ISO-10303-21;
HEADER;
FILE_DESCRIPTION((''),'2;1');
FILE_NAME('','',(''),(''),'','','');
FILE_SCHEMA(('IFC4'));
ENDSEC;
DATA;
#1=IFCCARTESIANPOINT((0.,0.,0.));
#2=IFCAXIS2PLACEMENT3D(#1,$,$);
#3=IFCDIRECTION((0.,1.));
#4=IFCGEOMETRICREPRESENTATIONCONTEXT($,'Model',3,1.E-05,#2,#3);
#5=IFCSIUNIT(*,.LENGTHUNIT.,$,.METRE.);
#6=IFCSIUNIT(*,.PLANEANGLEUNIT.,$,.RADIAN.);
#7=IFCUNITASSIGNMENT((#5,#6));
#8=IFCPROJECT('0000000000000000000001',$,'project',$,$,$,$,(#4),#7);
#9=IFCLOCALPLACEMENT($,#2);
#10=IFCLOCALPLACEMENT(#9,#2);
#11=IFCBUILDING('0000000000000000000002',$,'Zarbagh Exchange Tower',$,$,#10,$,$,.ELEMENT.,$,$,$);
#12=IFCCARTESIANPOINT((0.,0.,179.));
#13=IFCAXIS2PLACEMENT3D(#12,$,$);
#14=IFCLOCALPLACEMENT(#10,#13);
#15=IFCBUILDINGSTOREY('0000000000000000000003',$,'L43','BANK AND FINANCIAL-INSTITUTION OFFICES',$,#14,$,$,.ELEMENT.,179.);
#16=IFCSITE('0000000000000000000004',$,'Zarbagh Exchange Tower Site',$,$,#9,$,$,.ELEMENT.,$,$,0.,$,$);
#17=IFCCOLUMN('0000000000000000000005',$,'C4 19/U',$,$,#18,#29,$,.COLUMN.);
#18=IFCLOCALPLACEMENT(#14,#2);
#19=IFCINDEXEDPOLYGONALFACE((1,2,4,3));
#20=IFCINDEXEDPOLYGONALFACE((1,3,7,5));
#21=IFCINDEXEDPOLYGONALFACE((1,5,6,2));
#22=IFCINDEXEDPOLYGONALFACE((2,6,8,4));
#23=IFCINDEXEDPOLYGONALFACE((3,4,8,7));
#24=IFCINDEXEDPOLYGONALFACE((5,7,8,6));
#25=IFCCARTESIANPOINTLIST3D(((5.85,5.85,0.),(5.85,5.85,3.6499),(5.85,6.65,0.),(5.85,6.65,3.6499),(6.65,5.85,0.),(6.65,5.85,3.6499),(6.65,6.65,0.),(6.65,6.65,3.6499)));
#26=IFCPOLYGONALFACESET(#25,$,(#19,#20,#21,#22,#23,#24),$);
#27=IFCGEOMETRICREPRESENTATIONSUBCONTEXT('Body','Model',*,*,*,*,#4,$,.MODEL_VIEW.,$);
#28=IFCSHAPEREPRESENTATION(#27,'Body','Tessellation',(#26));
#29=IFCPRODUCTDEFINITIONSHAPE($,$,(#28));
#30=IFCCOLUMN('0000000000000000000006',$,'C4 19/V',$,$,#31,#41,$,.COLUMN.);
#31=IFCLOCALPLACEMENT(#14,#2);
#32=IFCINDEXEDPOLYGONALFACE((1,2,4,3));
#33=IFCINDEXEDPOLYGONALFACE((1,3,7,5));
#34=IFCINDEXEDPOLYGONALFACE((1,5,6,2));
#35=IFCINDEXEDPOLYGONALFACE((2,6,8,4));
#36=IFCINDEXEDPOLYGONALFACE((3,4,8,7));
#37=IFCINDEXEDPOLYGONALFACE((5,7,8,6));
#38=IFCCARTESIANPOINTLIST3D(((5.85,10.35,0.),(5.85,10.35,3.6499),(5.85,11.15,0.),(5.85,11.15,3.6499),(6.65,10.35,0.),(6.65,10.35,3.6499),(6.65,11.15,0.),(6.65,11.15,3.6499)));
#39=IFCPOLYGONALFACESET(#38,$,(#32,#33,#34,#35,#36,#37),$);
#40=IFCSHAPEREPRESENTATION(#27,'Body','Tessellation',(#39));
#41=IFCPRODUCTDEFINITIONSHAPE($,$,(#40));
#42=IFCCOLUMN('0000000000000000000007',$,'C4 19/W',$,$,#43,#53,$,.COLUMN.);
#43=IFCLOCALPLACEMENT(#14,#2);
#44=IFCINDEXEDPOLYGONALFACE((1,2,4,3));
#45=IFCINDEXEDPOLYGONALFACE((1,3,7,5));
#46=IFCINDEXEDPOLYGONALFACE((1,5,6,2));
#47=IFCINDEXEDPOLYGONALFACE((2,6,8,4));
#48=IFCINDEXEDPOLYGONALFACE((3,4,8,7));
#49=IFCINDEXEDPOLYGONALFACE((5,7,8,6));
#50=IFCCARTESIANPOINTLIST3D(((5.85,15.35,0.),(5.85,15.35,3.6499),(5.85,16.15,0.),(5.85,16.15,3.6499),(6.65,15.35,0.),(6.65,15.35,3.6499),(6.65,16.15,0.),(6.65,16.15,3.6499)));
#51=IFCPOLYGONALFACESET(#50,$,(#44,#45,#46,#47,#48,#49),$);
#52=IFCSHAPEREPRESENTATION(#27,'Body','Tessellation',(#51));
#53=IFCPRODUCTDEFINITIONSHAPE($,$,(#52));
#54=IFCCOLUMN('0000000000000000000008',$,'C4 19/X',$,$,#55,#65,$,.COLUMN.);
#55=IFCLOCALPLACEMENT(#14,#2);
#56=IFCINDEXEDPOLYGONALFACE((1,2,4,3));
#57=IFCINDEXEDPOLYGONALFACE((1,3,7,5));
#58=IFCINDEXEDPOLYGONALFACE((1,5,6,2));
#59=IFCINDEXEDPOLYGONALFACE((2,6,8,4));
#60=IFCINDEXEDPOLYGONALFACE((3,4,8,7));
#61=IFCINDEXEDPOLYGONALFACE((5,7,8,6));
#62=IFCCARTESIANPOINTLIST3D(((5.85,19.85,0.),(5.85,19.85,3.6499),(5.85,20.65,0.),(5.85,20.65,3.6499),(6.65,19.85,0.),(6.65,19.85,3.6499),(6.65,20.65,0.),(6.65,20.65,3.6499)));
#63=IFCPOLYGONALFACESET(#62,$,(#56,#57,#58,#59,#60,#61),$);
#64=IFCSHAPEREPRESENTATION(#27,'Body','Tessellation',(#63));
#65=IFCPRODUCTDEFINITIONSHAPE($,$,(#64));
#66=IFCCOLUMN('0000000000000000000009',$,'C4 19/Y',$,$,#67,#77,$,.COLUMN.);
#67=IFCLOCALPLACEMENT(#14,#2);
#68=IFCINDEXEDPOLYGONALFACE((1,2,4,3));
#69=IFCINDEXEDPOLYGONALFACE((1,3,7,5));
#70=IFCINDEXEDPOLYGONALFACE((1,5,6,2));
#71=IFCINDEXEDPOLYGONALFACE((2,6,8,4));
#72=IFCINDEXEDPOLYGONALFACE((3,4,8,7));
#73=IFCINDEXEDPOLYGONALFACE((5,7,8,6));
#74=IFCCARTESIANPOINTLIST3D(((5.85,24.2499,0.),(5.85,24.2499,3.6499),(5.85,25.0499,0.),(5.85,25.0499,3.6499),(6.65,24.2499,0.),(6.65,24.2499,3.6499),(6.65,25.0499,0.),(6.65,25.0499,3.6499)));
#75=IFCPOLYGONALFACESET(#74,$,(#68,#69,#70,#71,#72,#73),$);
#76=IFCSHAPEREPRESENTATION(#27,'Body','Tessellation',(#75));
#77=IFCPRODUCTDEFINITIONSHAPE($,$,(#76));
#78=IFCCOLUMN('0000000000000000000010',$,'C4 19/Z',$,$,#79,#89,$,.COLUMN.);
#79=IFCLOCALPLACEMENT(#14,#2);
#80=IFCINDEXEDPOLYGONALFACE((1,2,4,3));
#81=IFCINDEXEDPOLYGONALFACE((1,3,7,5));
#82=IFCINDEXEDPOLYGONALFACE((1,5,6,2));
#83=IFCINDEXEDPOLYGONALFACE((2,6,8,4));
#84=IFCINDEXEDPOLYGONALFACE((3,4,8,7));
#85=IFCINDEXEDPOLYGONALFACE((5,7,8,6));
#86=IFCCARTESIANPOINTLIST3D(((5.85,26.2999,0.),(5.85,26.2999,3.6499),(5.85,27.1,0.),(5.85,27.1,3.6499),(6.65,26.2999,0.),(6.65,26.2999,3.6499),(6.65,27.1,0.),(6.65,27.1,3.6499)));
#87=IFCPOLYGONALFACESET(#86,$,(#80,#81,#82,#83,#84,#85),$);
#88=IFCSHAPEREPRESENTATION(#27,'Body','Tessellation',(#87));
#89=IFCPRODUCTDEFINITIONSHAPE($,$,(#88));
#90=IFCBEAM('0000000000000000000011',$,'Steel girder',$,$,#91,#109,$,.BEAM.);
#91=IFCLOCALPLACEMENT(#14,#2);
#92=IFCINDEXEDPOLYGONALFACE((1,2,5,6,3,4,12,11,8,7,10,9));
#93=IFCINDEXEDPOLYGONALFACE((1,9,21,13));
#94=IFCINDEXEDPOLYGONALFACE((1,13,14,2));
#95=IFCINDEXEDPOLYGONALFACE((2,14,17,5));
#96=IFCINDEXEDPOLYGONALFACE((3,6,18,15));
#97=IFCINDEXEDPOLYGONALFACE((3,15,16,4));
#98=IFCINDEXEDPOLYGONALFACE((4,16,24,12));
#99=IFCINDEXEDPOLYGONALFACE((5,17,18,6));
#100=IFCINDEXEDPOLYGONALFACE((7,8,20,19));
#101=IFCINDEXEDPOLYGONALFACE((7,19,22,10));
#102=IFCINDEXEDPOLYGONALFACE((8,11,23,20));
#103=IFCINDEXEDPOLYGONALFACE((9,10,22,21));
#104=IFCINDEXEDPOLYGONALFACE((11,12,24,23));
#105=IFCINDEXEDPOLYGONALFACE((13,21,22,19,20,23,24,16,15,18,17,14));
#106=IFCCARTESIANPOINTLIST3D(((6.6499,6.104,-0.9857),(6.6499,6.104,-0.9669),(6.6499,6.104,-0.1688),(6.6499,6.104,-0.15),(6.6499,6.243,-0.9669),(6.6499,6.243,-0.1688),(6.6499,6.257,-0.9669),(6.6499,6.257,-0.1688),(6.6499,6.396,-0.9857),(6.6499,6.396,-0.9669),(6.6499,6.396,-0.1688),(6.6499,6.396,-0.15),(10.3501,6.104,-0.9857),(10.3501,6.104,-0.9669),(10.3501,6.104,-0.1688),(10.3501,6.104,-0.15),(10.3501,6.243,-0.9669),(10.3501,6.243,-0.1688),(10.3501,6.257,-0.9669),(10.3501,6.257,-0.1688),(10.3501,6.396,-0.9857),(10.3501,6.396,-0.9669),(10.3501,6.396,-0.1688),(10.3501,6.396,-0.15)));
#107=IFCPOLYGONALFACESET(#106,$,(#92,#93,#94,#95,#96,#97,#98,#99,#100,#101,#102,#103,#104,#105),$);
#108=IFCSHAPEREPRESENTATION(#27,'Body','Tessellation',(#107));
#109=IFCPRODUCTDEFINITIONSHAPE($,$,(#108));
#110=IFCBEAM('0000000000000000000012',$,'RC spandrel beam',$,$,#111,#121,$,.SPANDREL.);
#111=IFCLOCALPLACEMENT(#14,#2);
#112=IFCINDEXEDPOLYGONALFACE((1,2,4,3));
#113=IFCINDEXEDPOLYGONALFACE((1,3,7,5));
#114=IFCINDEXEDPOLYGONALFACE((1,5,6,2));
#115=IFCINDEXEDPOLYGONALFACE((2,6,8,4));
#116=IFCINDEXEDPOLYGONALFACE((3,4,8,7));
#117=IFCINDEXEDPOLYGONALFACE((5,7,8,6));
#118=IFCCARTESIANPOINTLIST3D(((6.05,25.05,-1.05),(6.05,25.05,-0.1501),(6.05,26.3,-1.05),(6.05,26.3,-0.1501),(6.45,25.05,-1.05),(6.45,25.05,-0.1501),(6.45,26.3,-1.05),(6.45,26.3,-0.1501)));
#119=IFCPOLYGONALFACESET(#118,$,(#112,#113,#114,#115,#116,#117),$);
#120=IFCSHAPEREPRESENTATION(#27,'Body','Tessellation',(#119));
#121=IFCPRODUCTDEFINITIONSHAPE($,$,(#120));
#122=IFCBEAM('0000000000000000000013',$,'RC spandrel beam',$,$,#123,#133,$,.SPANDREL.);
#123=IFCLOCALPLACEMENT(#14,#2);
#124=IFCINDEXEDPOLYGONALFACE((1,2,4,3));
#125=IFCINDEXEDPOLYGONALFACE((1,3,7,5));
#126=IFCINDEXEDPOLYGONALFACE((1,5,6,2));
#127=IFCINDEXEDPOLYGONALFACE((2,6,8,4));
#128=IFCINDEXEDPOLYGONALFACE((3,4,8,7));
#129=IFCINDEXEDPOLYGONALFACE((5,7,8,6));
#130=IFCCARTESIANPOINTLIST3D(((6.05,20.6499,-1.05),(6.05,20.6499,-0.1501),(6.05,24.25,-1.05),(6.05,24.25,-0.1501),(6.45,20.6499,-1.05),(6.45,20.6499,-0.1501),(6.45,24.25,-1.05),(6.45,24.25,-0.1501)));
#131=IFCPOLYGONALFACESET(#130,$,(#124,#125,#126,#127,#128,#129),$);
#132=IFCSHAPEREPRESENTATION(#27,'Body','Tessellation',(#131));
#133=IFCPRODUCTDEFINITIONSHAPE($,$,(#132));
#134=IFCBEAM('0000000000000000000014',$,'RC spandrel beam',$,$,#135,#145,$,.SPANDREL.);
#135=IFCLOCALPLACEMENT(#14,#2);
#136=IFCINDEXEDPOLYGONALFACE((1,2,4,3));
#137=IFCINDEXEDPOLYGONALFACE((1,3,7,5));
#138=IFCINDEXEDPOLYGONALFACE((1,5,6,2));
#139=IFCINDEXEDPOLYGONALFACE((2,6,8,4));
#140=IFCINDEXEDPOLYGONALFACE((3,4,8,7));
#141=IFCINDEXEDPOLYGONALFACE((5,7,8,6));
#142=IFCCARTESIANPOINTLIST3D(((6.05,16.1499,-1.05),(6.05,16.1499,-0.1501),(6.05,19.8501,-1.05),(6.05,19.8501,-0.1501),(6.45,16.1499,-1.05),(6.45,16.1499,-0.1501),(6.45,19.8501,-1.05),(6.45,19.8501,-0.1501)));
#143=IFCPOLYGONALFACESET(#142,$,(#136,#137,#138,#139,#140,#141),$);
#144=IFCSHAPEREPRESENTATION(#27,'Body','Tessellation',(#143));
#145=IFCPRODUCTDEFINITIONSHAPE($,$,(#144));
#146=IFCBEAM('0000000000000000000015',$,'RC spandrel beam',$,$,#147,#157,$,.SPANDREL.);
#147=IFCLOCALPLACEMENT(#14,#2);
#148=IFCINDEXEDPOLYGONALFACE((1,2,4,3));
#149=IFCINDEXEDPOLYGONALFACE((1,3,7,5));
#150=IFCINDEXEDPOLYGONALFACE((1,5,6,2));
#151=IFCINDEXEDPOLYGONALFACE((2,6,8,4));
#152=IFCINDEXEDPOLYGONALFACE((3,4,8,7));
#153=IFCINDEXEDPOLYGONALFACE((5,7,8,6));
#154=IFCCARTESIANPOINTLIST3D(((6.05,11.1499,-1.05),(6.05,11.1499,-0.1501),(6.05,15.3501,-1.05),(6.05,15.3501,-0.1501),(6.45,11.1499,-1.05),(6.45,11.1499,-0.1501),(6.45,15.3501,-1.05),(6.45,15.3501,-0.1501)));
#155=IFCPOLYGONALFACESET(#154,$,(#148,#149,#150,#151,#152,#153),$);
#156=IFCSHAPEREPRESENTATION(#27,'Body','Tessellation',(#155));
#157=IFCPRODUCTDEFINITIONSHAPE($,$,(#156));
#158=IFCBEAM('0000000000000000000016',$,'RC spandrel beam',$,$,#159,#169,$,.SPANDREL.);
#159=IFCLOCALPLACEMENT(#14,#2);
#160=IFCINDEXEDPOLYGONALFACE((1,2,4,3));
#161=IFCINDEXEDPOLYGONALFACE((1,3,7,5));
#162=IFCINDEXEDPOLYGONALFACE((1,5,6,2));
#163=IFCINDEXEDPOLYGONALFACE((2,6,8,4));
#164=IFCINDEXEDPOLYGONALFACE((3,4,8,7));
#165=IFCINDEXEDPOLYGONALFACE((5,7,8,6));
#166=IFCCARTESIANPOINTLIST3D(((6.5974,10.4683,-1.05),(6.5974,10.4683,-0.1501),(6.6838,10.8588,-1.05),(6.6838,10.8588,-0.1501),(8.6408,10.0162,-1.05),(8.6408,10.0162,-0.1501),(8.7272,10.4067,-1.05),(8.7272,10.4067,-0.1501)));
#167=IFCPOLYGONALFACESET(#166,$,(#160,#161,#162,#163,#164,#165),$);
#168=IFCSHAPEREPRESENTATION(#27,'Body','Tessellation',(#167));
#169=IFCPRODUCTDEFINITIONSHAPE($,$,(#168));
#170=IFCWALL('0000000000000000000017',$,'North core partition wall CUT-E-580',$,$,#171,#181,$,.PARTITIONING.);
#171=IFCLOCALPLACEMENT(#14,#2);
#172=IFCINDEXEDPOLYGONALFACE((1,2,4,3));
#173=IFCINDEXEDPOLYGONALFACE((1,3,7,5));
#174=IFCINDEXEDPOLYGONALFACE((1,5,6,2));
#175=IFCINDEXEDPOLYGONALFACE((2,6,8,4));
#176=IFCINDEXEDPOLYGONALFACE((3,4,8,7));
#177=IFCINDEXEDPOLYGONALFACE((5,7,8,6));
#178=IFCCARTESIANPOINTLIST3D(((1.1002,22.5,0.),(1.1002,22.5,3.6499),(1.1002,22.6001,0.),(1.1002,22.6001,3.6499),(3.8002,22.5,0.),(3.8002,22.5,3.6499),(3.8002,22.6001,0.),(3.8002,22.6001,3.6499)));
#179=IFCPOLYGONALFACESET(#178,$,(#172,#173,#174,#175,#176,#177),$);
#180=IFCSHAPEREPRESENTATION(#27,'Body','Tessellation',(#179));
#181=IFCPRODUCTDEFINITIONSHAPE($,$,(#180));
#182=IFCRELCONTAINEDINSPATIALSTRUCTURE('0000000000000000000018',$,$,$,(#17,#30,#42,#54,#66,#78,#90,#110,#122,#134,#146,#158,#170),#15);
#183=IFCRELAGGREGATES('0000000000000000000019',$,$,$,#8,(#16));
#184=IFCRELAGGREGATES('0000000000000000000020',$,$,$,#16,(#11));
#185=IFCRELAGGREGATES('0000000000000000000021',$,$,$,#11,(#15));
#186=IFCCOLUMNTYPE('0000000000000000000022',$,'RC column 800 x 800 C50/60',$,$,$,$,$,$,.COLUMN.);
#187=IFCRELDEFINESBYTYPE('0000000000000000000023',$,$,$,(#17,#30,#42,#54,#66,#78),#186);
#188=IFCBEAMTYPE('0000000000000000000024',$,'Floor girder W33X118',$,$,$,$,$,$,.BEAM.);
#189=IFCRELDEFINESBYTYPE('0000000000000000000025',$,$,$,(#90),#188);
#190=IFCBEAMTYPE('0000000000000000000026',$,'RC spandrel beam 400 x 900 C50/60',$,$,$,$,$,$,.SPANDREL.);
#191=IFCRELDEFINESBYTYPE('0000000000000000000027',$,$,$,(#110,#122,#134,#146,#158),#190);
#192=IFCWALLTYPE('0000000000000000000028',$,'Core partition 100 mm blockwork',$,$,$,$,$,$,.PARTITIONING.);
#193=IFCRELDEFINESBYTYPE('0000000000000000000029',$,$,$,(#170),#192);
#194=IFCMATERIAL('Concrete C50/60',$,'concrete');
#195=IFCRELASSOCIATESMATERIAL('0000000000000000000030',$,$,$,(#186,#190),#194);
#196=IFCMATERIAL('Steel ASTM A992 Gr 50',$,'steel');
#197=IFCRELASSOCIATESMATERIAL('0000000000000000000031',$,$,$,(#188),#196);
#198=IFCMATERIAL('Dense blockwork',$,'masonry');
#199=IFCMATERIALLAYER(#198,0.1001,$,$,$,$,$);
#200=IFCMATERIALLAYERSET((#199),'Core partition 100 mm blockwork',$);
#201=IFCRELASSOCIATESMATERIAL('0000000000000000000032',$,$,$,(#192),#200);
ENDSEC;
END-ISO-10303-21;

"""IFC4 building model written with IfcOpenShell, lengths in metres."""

from ifc_helpers import new_model, si_unit, direction, frame, frame_2d, origin, origin_2d, place, context, subcontext, project, spatial, rectangle, i_section, extrude, material, layer, layer_set, material_profile, profile_set, type_object, element, save


model = new_model("IFC4")

# Units and contexts
model_context = context("Model", 3, precision=1e-05, world=origin(), true_north=direction((0.0, 1.0)))
body_context = subcontext(model_context, "Body", "Model", "MODEL_VIEW")
ifc_project = project(units=[si_unit("LENGTHUNIT", "METRE"), si_unit("PLANEANGLEUNIT", "RADIAN")], contexts=[model_context])

# Site, building, storey
site_placement = place(None, origin())
site = spatial("IfcSite", under=ifc_project, at=site_placement, Name="Zarbagh Exchange Tower Site", CompositionType="ELEMENT", RefElevation=0.0)
building_placement = place(site_placement, origin())
building = spatial("IfcBuilding", under=site, at=building_placement, Name="Zarbagh Exchange Tower", CompositionType="ELEMENT")
storey_placement = place(building_placement, frame((0.0, 0.0, 179.0)))
storey = spatial("IfcBuildingStorey", under=building, at=storey_placement, Name="L43", Description="BANK AND FINANCIAL-INSTITUTION OFFICES", CompositionType="ELEMENT", Elevation=179.0)

# Columns
ifc_material_1 = material(Name="Concrete C50/60", Category="concrete")
ifc_material_profile_1 = material_profile(ifc_material_1, rectangle(XDim=0.8, YDim=0.8, at=origin_2d()), Name="RC column 800 x 800 C50/60")
ifc_profile_set_1 = profile_set([ifc_material_profile_1], Name="Concrete C50/60")
column_type = type_object("IfcColumnType", Name="RC column 800 x 800 C50/60", PredefinedType="COLUMN", material=ifc_profile_set_1)
for number, where, z_axis, x_axis, name in (
    (1, (6.25, 6.25, 0.0), (0.0, 0.0, 1.0), (1.0, 0.0, 0.0), "C4 19/U"),
    (2, (6.25, 10.75, 0.0), (0.0, 0.0, 1.0), (1.0, 0.0, 0.0), "C4 19/V"),
    (3, (6.25, 15.75, 0.0), (0.0, 0.0, 1.0), (1.0, 0.0, 0.0), "C4 19/W"),
    (4, (6.25, 20.25, 0.0), (0.0, 0.0, 1.0), (1.0, 0.0, 0.0), "C4 19/X"),
    (5, (6.25, 24.6499, 0.0), (0.0, 0.0, 1.0), (1.0, 0.0, 0.0), "C4 19/Y"),
    (6, (6.25, 26.7, 0.0), (0.0, 0.0, 1.0), (1.0, 0.0, 0.0), "C4 19/Z"),
):
    element("IfcColumn", number, at=place(storey_placement, frame(where, z_axis=z_axis, x_axis=x_axis)), inside=storey, type_object=column_type, Name=name, PredefinedType="COLUMN", context=body_context, shape_type="SweptSolid", body=[
        extrude(rectangle(XDim=0.8, YDim=0.8, at=origin_2d()), origin(), (0.0, 0.0, 1.0), 3.6499),
    ])

# Beams
ifc_material_2 = material(Name="Steel ASTM A992 Gr 50", Category="steel")
ifc_material_profile_2 = material_profile(ifc_material_2, i_section(OverallWidth=0.292, OverallDepth=0.8357, WebThickness=0.0139, FlangeThickness=0.0188, at=origin_2d()), Name="W33X118")
ifc_profile_set_2 = profile_set([ifc_material_profile_2], Name="Steel ASTM A992 Gr 50")
beam_type_1 = type_object("IfcBeamType", Name="Floor girder W33X118", PredefinedType="BEAM", material=ifc_profile_set_2)
beam_1_placement = place(storey_placement, frame((6.6499, 6.25, -0.5679), z_axis=(1.0, 0.0, 0.0), x_axis=(0.0, 1.0, 0.0)))
element("IfcBeam", 7, at=beam_1_placement, inside=storey, type_object=beam_type_1, Name="Steel girder", PredefinedType="BEAM", context=body_context, shape_type="SweptSolid", body=[
    extrude(i_section(OverallWidth=0.292, OverallDepth=0.8357, WebThickness=0.0139, FlangeThickness=0.0188, at=origin_2d()), origin(), (0.0, 0.0, 1.0), 3.7002),
])
ifc_material_profile_3 = material_profile(ifc_material_1, rectangle(XDim=0.3999, YDim=0.8999, at=origin_2d()), Name="RC spandrel beam 400 x 900 C50/60")
ifc_profile_set_3 = profile_set([ifc_material_profile_3], Name="Concrete C50/60")
beam_type_2 = type_object("IfcBeamType", Name="RC spandrel beam 400 x 900 C50/60", PredefinedType="SPANDREL", material=ifc_profile_set_3)
beam_2_placement = place(storey_placement, frame((6.25, 26.3, -0.6001), z_axis=(0.0, -1.0, 0.0), x_axis=(1.0, 0.0, 0.0)))
element("IfcBeam", 8, at=beam_2_placement, inside=storey, type_object=beam_type_2, Name="RC spandrel beam", PredefinedType="SPANDREL", context=body_context, shape_type="SweptSolid", body=[
    extrude(rectangle(XDim=0.3999, YDim=0.8999, at=origin_2d()), origin(), (0.0, 0.0, 1.0), 1.25),
])
beam_3_placement = place(storey_placement, frame((6.25, 24.25, -0.6001), z_axis=(0.0, -1.0, 0.0), x_axis=(1.0, 0.0, 0.0)))
element("IfcBeam", 9, at=beam_3_placement, inside=storey, type_object=beam_type_2, Name="RC spandrel beam", PredefinedType="SPANDREL", context=body_context, shape_type="SweptSolid", body=[
    extrude(rectangle(XDim=0.3999, YDim=0.8999, at=origin_2d()), origin(), (0.0, 0.0, 1.0), 3.6001),
])
beam_4_placement = place(storey_placement, frame((6.25, 19.8501, -0.6001), z_axis=(0.0, -1.0, 0.0), x_axis=(1.0, 0.0, 0.0)))
element("IfcBeam", 10, at=beam_4_placement, inside=storey, type_object=beam_type_2, Name="RC spandrel beam", PredefinedType="SPANDREL", context=body_context, shape_type="SweptSolid", body=[
    extrude(rectangle(XDim=0.3999, YDim=0.8999, at=origin_2d()), origin(), (0.0, 0.0, 1.0), 3.7002),
])
beam_5_placement = place(storey_placement, frame((6.25, 15.3501, -0.6001), z_axis=(0.0, -1.0, 0.0), x_axis=(1.0, 0.0, 0.0)))
element("IfcBeam", 11, at=beam_5_placement, inside=storey, type_object=beam_type_2, Name="RC spandrel beam", PredefinedType="SPANDREL", context=body_context, shape_type="SweptSolid", body=[
    extrude(rectangle(XDim=0.3999, YDim=0.8999, at=origin_2d()), origin(), (0.0, 0.0, 1.0), 4.2002),
])
beam_6_placement = place(storey_placement, frame((6.6406, 10.6636, -0.6001), z_axis=(0.976384, -0.216041, 0.0), x_axis=(0.216041, 0.976384, 0.0)))
element("IfcBeam", 12, at=beam_6_placement, inside=storey, type_object=beam_type_2, Name="RC spandrel beam", PredefinedType="SPANDREL", context=body_context, shape_type="SweptSolid", body=[
    extrude(rectangle(XDim=0.3999, YDim=0.8999, at=origin_2d()), origin(), (0.0, 0.0, 1.0), 2.0928),
])

# Wall
ifc_material_3 = material(Name="Dense blockwork", Category="masonry")
ifc_layer_1 = layer(ifc_material_3, 0.1001)
ifc_layer_set_1 = layer_set([ifc_layer_1], Name="Core partition 100 mm blockwork")
wall_type_1 = type_object("IfcWallType", Name="Core partition 100 mm blockwork", PredefinedType="PARTITIONING", material=ifc_layer_set_1)
wall_1_placement = place(storey_placement, frame((1.1001, 22.55, 0.0), z_axis=(0.0, 0.0, 1.0), x_axis=(1.0, 0.0, 0.0)))
element("IfcWall", 13, at=wall_1_placement, inside=storey, type_object=wall_type_1, Name="North core partition wall CUT-E-580", PredefinedType="PARTITIONING", context=body_context, shape_type="SweptSolid", body=[
    extrude(rectangle(XDim=2.7, YDim=0.1001, at=frame_2d((1.3501, 0.0))), origin(), (0.0, 0.0, 1.0), 3.6499),
])

save(model, "model.ifc")
